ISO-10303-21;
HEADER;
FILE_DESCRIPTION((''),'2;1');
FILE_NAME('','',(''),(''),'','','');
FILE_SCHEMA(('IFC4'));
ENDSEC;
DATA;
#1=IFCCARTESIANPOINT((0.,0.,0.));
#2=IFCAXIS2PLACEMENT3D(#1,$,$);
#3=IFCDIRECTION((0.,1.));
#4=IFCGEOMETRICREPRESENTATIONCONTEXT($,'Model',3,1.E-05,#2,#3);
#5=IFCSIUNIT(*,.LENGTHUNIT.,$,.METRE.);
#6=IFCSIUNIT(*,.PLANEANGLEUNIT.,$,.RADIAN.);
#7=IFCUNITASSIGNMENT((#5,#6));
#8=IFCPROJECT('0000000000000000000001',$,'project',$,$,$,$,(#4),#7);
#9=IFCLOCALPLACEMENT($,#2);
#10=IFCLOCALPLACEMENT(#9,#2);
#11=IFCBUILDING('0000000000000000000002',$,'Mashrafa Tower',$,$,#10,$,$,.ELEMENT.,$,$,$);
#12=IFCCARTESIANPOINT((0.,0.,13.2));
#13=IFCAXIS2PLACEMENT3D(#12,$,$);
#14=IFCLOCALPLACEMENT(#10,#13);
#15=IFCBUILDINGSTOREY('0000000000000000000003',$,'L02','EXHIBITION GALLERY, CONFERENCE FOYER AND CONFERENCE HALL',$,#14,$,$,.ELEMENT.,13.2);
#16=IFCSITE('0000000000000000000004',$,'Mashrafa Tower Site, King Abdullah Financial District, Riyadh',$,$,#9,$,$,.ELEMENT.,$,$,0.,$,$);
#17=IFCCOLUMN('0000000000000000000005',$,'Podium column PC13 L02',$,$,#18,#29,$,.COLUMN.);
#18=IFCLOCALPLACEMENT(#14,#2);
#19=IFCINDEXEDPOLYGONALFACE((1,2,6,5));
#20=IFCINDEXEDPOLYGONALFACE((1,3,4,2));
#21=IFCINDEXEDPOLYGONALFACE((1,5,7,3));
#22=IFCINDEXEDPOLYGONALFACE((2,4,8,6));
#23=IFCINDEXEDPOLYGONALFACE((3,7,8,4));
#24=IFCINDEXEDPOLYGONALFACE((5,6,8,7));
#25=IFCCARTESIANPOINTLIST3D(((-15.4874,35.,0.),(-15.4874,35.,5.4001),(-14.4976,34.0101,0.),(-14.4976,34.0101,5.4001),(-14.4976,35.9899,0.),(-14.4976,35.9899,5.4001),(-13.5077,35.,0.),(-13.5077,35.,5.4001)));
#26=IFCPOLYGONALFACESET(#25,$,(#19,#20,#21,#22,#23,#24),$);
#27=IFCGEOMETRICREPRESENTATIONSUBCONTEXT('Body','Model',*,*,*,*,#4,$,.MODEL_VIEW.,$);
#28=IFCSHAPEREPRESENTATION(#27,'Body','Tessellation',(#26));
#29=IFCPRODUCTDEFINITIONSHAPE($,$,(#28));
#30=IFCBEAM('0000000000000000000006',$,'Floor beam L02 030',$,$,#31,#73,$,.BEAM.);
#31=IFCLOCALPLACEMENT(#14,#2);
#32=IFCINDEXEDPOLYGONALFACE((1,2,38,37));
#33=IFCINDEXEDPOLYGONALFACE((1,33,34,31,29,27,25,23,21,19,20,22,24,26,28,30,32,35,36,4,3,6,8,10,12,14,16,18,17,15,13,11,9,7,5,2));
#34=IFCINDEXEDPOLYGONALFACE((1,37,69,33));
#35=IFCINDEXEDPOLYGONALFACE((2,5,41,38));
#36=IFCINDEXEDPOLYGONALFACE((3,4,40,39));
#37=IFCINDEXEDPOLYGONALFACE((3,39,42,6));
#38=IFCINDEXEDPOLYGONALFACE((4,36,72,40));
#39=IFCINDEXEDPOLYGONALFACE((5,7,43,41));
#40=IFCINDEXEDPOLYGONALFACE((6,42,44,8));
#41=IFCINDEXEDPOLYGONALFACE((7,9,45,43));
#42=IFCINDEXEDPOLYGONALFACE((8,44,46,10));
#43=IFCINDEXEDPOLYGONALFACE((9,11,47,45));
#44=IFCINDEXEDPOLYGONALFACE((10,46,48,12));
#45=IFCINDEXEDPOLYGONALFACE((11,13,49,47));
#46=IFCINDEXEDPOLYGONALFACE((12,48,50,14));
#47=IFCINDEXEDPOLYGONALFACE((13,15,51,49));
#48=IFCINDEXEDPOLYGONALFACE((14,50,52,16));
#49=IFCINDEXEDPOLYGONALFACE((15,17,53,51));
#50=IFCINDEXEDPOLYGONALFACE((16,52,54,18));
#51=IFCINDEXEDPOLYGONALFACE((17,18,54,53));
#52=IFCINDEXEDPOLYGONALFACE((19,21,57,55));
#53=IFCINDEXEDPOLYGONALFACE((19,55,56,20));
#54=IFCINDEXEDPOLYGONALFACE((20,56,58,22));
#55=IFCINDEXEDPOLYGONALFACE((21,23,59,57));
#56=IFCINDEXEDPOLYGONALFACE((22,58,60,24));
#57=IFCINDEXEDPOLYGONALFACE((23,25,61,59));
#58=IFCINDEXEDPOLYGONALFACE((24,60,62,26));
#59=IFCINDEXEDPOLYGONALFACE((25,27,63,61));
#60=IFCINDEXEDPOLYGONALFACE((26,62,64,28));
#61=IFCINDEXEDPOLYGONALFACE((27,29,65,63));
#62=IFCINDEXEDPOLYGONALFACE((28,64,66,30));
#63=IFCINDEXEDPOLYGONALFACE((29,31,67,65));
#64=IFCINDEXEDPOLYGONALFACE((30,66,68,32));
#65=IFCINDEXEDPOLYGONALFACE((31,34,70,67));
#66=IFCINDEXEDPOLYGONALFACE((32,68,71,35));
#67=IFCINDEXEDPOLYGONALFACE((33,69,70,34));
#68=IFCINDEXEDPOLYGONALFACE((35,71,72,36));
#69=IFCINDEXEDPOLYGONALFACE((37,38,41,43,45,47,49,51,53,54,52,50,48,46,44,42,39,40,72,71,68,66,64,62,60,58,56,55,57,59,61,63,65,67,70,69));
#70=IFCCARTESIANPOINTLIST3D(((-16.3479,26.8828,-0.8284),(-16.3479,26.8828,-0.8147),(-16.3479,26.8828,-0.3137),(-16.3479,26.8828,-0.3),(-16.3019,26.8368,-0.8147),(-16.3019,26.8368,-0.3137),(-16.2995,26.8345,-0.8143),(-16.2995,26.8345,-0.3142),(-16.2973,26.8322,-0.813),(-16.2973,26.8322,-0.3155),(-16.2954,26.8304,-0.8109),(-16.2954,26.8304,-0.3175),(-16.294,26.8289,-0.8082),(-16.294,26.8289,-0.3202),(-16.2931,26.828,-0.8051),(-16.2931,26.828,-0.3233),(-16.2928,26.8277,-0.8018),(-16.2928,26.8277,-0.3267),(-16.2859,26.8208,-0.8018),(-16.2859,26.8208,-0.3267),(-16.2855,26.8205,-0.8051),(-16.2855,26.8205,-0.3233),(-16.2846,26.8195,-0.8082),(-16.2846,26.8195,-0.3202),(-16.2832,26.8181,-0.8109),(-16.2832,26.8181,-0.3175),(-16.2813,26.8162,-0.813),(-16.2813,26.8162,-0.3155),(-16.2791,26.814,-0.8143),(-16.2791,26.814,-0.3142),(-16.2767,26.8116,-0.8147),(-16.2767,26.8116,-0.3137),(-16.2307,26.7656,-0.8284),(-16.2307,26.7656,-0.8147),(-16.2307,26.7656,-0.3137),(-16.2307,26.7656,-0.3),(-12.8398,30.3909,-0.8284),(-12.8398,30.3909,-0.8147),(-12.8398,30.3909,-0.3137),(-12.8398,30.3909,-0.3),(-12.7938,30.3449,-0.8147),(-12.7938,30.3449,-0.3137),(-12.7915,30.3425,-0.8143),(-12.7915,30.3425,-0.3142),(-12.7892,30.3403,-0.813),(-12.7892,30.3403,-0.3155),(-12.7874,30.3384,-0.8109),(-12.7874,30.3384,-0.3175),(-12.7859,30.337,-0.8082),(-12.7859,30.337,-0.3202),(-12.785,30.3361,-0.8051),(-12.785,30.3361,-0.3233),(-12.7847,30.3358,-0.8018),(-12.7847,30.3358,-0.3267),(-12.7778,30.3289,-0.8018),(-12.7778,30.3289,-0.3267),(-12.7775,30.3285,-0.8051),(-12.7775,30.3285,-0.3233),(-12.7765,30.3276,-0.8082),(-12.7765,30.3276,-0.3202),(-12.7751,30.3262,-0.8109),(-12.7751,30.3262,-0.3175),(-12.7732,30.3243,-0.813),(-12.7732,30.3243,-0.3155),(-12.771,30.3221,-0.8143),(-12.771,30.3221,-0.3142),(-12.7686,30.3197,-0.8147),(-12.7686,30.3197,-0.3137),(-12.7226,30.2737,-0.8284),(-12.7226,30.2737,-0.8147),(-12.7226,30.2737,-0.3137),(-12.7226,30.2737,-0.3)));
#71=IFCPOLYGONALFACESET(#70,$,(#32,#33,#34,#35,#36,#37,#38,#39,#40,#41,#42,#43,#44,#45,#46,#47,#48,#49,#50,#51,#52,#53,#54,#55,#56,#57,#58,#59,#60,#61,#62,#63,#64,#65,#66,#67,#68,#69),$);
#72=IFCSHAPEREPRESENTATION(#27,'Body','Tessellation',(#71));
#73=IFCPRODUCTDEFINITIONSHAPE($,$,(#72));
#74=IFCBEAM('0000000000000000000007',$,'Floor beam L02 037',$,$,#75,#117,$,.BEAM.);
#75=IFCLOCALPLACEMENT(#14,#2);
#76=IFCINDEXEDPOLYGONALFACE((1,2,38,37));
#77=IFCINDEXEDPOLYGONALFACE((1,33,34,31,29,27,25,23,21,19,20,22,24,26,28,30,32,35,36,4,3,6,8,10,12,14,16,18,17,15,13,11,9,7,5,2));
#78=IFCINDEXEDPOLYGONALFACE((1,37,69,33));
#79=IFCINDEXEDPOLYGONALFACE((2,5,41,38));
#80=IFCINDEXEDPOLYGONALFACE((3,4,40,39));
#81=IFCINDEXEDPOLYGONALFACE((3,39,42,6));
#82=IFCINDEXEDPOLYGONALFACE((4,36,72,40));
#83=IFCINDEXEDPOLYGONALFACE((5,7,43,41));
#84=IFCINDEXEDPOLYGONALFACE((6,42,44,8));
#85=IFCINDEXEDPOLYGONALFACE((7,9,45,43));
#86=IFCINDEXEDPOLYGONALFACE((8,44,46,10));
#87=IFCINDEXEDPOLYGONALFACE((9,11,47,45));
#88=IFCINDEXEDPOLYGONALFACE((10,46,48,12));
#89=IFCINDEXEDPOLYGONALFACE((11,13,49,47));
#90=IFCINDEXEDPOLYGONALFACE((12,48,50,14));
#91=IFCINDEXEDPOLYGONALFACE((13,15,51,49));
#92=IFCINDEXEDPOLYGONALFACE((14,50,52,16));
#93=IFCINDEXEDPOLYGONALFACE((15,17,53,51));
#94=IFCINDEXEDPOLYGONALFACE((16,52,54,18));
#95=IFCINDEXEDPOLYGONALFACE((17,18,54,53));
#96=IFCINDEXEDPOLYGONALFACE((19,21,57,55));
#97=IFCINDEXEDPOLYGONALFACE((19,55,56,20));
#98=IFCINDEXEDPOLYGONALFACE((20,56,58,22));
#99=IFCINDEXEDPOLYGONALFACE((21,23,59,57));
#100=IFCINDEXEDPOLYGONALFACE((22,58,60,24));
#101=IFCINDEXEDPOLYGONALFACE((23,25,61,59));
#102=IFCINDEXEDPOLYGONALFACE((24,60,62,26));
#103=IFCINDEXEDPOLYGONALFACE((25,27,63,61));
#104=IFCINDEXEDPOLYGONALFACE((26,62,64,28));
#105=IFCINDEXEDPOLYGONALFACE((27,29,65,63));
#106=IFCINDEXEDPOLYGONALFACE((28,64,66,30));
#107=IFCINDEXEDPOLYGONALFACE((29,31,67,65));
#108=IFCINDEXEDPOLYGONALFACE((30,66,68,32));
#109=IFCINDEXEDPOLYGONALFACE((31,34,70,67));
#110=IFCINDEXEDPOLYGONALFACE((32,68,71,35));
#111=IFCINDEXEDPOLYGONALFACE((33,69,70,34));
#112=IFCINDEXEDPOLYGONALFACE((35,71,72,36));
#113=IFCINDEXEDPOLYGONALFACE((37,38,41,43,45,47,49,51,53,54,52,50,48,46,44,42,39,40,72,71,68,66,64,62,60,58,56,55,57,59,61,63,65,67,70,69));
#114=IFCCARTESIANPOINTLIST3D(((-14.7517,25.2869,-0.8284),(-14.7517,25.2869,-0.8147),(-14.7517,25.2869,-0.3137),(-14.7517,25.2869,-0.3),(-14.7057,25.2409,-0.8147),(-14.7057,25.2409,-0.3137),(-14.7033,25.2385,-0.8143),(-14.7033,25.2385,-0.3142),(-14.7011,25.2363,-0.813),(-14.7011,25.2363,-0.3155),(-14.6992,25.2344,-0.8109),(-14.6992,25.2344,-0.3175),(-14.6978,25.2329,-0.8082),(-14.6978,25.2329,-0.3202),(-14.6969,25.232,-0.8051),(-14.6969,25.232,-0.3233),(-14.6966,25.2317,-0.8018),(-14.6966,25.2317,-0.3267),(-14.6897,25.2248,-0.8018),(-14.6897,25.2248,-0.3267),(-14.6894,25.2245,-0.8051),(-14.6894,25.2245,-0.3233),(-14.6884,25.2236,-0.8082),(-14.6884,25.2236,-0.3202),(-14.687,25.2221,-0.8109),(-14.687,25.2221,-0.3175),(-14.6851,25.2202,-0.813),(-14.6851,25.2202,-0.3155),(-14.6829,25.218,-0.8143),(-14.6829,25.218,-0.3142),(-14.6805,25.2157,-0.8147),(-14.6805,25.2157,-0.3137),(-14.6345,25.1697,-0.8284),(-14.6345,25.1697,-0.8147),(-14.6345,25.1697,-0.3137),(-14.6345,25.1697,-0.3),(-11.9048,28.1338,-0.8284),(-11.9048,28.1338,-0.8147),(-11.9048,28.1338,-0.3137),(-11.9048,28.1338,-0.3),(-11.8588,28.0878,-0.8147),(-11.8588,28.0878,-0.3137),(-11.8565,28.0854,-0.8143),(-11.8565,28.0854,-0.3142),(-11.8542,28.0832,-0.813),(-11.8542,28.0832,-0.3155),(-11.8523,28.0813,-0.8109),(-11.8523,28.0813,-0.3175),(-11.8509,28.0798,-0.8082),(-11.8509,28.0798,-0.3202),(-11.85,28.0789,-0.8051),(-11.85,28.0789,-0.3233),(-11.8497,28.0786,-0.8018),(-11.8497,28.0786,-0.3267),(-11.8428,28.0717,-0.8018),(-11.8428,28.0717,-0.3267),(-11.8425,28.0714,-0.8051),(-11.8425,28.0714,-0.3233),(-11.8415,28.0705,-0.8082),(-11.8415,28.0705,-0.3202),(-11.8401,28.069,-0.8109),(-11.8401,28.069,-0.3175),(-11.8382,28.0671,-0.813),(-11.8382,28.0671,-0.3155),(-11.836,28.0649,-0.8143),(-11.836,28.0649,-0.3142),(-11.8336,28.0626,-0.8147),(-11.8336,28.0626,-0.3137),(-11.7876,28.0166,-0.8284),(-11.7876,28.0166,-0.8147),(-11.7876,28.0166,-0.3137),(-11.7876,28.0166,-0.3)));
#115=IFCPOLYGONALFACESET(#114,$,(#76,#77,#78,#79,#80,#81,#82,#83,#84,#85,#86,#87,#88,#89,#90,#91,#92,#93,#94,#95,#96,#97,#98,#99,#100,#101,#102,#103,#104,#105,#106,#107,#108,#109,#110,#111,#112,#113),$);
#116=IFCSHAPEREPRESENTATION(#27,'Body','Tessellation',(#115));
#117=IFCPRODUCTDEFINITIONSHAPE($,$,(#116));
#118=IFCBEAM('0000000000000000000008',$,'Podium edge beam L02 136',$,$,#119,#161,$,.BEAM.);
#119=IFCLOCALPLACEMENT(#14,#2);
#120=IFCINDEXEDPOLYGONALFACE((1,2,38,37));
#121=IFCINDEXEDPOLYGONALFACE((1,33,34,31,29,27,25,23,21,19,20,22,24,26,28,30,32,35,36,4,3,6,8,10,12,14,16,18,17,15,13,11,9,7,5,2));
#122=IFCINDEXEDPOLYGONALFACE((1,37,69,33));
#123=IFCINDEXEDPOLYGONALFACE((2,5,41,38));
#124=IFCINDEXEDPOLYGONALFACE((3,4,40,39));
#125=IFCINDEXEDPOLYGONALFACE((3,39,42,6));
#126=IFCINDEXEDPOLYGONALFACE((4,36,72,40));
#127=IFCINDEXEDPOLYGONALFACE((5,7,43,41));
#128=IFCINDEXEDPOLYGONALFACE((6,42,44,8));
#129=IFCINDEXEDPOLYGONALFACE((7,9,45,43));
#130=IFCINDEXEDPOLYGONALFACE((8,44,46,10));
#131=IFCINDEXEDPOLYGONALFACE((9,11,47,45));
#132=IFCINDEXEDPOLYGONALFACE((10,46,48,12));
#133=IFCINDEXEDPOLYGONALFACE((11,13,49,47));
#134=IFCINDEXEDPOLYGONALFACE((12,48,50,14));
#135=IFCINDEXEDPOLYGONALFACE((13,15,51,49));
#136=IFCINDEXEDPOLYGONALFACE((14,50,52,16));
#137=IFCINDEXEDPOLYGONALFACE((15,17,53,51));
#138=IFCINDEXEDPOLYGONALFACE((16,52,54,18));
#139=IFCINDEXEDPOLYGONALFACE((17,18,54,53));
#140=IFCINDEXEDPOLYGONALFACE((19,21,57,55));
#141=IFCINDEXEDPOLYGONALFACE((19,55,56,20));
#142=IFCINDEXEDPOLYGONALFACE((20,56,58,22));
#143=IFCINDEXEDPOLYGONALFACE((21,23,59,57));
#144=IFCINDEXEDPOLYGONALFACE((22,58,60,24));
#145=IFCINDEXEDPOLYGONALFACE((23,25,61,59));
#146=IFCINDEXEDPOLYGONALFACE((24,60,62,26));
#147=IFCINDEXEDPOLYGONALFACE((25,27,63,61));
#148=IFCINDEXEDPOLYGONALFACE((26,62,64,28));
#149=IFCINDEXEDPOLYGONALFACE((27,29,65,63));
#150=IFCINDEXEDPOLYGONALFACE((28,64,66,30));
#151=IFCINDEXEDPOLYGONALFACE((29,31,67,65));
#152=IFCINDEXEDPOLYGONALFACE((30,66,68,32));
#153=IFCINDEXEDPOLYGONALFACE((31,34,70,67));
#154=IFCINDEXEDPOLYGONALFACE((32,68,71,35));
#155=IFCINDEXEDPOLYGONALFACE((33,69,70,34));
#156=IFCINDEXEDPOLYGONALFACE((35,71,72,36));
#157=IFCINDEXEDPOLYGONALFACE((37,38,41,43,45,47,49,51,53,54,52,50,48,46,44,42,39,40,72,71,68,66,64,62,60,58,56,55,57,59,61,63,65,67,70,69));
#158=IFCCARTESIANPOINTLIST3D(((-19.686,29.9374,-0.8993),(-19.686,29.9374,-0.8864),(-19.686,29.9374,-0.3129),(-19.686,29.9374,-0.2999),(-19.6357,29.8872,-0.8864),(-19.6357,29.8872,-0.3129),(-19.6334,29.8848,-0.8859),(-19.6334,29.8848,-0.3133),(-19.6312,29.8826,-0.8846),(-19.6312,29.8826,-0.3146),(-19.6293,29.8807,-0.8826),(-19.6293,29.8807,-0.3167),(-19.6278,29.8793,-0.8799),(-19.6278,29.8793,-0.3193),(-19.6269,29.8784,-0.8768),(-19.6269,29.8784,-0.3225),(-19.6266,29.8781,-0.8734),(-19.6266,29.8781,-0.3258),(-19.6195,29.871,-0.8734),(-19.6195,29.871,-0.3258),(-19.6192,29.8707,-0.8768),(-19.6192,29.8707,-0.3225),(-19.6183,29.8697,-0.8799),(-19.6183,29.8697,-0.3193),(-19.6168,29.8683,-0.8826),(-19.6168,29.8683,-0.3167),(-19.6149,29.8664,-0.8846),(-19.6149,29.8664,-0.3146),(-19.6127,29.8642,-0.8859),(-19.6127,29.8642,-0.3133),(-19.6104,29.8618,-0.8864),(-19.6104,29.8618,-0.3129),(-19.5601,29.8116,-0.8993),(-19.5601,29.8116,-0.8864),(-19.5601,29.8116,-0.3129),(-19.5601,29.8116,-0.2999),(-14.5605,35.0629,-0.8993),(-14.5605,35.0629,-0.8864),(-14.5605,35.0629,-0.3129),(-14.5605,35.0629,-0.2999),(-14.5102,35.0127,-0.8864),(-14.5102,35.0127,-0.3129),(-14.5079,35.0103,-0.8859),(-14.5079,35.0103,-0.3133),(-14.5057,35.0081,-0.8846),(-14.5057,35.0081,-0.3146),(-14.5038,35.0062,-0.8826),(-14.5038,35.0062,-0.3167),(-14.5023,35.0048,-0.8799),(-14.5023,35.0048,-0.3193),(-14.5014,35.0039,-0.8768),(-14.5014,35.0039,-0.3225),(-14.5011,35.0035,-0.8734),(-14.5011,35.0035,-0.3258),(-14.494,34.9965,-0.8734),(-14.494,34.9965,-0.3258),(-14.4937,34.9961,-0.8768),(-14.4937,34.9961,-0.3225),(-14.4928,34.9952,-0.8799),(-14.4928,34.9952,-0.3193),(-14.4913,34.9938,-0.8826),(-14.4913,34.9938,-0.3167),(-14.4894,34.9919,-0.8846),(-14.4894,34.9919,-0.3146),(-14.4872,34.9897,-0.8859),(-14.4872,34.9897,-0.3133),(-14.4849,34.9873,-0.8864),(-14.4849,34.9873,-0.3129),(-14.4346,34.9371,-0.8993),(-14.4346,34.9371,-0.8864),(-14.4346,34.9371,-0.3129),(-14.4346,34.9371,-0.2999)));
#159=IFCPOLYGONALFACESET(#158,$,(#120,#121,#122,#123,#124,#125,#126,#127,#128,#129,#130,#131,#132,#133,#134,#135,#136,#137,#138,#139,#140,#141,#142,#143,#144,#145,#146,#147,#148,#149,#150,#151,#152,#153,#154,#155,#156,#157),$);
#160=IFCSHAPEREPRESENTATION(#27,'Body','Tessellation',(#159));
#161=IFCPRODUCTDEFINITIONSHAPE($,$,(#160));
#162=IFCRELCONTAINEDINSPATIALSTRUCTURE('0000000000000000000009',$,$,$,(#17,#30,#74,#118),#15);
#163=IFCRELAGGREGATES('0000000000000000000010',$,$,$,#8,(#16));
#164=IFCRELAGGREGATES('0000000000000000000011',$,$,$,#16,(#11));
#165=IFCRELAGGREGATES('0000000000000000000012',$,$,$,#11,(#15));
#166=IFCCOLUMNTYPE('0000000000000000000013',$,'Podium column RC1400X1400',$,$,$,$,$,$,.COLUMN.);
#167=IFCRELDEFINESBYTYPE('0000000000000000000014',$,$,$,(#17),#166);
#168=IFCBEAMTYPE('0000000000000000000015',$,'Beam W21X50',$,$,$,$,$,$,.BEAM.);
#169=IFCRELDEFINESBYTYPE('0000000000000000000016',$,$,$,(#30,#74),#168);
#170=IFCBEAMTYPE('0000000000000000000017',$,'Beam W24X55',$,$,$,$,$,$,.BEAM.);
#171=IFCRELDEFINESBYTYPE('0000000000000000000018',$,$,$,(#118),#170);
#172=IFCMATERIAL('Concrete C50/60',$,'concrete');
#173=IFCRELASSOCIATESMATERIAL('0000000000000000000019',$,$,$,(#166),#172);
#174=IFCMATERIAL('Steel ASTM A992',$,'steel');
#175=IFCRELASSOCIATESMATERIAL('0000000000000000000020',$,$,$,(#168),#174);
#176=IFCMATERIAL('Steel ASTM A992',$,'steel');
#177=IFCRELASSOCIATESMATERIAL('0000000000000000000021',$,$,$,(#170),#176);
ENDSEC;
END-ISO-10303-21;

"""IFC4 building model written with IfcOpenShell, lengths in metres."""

from ifc_helpers import new_model, si_unit, direction, frame, origin, origin_2d, place, context, subcontext, project, spatial, rectangle, i_section, extrude, material, material_profile, profile_set, type_object, element, save


model = new_model("IFC4")

# Units and contexts
model_context = context("Model", 3, precision=1e-05, world=origin(), true_north=direction((0.0, 1.0)))
body_context = subcontext(model_context, "Body", "Model", "MODEL_VIEW")
ifc_project = project(units=[si_unit("LENGTHUNIT", "METRE"), si_unit("PLANEANGLEUNIT", "RADIAN")], contexts=[model_context])

# Site, building, storey
site_placement = place(None, origin())
site = spatial("IfcSite", under=ifc_project, at=site_placement, Name="Mashrafa Tower Site, King Abdullah Financial District, Riyadh", CompositionType="ELEMENT", RefElevation=0.0)
building_placement = place(site_placement, origin())
building = spatial("IfcBuilding", under=site, at=building_placement, Name="Mashrafa Tower", CompositionType="ELEMENT")
storey_placement = place(building_placement, frame((0.0, 0.0, 13.2)))
storey = spatial("IfcBuildingStorey", under=building, at=storey_placement, Name="L02", Description="EXHIBITION GALLERY, CONFERENCE FOYER AND CONFERENCE HALL", CompositionType="ELEMENT", Elevation=13.2)

# Column
ifc_material_1 = material(Name="Concrete C50/60", Category="concrete")
ifc_material_profile_1 = material_profile(ifc_material_1, rectangle(XDim=1.3999, YDim=1.3999, at=origin_2d()), Name="RC1400X1400")
ifc_profile_set_1 = profile_set([ifc_material_profile_1], Name="Concrete C50/60")
column_type = type_object("IfcColumnType", Name="Podium column RC1400X1400", PredefinedType="COLUMN", material=ifc_profile_set_1)
column_placement = place(storey_placement, frame((-14.4976, 35.0, 0.0), z_axis=(0.0, 0.0, 1.0), x_axis=(0.707107, 0.707107, 0.0)))
element("IfcColumn", 1, at=column_placement, inside=storey, type_object=column_type, Name="Podium column PC13 L02", PredefinedType="COLUMN", context=body_context, shape_type="SweptSolid", body=[
    extrude(rectangle(XDim=1.3999, YDim=1.3999, at=origin_2d()), origin(), (0.0, 0.0, 1.0), 5.4001),
])

# Beams
ifc_material_2 = material(Name="Steel ASTM A992", Category="steel")
ifc_material_profile_2 = material_profile(ifc_material_2, i_section(OverallWidth=0.1658, OverallDepth=0.5283, WebThickness=0.0098, FlangeThickness=0.0137, FilletRadius=0.0129, at=origin_2d()), Name="W21X50")
ifc_profile_set_2 = profile_set([ifc_material_profile_2], Name="Steel ASTM A992")
beam_type_1 = type_object("IfcBeamType", Name="Beam W21X50", PredefinedType="BEAM", material=ifc_profile_set_2)
beam_1_placement = place(storey_placement, frame((-16.2893, 26.8242, -0.5642), z_axis=(0.707107, 0.707107, 0.0), x_axis=(-0.707107, 0.707107, 0.0)))
element("IfcBeam", 2, at=beam_1_placement, inside=storey, type_object=beam_type_1, Name="Floor beam L02 030", PredefinedType="BEAM", context=body_context, shape_type="SweptSolid", body=[
    extrude(i_section(OverallWidth=0.1658, OverallDepth=0.5283, WebThickness=0.0098, FlangeThickness=0.0137, FilletRadius=0.0129, at=origin_2d()), origin(), (0.0, 0.0, 1.0), 4.9612),
])
beam_2_placement = place(storey_placement, frame((-14.6931, 25.2283, -0.5642), z_axis=(0.707107, 0.707107, 0.0), x_axis=(-0.707107, 0.707107, 0.0)))
element("IfcBeam", 3, at=beam_2_placement, inside=storey, type_object=beam_type_1, Name="Floor beam L02 037", PredefinedType="BEAM", context=body_context, shape_type="SweptSolid", body=[
    extrude(i_section(OverallWidth=0.1658, OverallDepth=0.5283, WebThickness=0.0098, FlangeThickness=0.0137, FilletRadius=0.0129, at=origin_2d()), origin(), (0.0, 0.0, 1.0), 4.0261),
])
ifc_material_3 = material(Name="Steel ASTM A992", Category="steel")
ifc_material_profile_3 = material_profile(ifc_material_3, i_section(OverallWidth=0.178, OverallDepth=0.5994, WebThickness=0.01, FlangeThickness=0.0129, FilletRadius=0.0129, at=origin_2d()), Name="W24X55")
ifc_profile_set_3 = profile_set([ifc_material_profile_3], Name="Steel ASTM A992")
beam_type_2 = type_object("IfcBeamType", Name="Beam W24X55", PredefinedType="BEAM", material=ifc_profile_set_3)
beam_3_placement = place(storey_placement, frame((-14.4976, 35.0, -0.5996), z_axis=(-0.707107, -0.707107, 0.0), x_axis=(0.707107, -0.707107, 0.0)))
element("IfcBeam", 4, at=beam_3_placement, inside=storey, type_object=beam_type_2, Name="Podium edge beam L02 136", PredefinedType="BEAM", context=body_context, shape_type="SweptSolid", body=[
    extrude(i_section(OverallWidth=0.178, OverallDepth=0.5994, WebThickness=0.01, FlangeThickness=0.0129, FilletRadius=0.0129, at=origin_2d()), origin(), (0.0, 0.0, 1.0), 7.2485),
])

save(model, "model.ifc")
